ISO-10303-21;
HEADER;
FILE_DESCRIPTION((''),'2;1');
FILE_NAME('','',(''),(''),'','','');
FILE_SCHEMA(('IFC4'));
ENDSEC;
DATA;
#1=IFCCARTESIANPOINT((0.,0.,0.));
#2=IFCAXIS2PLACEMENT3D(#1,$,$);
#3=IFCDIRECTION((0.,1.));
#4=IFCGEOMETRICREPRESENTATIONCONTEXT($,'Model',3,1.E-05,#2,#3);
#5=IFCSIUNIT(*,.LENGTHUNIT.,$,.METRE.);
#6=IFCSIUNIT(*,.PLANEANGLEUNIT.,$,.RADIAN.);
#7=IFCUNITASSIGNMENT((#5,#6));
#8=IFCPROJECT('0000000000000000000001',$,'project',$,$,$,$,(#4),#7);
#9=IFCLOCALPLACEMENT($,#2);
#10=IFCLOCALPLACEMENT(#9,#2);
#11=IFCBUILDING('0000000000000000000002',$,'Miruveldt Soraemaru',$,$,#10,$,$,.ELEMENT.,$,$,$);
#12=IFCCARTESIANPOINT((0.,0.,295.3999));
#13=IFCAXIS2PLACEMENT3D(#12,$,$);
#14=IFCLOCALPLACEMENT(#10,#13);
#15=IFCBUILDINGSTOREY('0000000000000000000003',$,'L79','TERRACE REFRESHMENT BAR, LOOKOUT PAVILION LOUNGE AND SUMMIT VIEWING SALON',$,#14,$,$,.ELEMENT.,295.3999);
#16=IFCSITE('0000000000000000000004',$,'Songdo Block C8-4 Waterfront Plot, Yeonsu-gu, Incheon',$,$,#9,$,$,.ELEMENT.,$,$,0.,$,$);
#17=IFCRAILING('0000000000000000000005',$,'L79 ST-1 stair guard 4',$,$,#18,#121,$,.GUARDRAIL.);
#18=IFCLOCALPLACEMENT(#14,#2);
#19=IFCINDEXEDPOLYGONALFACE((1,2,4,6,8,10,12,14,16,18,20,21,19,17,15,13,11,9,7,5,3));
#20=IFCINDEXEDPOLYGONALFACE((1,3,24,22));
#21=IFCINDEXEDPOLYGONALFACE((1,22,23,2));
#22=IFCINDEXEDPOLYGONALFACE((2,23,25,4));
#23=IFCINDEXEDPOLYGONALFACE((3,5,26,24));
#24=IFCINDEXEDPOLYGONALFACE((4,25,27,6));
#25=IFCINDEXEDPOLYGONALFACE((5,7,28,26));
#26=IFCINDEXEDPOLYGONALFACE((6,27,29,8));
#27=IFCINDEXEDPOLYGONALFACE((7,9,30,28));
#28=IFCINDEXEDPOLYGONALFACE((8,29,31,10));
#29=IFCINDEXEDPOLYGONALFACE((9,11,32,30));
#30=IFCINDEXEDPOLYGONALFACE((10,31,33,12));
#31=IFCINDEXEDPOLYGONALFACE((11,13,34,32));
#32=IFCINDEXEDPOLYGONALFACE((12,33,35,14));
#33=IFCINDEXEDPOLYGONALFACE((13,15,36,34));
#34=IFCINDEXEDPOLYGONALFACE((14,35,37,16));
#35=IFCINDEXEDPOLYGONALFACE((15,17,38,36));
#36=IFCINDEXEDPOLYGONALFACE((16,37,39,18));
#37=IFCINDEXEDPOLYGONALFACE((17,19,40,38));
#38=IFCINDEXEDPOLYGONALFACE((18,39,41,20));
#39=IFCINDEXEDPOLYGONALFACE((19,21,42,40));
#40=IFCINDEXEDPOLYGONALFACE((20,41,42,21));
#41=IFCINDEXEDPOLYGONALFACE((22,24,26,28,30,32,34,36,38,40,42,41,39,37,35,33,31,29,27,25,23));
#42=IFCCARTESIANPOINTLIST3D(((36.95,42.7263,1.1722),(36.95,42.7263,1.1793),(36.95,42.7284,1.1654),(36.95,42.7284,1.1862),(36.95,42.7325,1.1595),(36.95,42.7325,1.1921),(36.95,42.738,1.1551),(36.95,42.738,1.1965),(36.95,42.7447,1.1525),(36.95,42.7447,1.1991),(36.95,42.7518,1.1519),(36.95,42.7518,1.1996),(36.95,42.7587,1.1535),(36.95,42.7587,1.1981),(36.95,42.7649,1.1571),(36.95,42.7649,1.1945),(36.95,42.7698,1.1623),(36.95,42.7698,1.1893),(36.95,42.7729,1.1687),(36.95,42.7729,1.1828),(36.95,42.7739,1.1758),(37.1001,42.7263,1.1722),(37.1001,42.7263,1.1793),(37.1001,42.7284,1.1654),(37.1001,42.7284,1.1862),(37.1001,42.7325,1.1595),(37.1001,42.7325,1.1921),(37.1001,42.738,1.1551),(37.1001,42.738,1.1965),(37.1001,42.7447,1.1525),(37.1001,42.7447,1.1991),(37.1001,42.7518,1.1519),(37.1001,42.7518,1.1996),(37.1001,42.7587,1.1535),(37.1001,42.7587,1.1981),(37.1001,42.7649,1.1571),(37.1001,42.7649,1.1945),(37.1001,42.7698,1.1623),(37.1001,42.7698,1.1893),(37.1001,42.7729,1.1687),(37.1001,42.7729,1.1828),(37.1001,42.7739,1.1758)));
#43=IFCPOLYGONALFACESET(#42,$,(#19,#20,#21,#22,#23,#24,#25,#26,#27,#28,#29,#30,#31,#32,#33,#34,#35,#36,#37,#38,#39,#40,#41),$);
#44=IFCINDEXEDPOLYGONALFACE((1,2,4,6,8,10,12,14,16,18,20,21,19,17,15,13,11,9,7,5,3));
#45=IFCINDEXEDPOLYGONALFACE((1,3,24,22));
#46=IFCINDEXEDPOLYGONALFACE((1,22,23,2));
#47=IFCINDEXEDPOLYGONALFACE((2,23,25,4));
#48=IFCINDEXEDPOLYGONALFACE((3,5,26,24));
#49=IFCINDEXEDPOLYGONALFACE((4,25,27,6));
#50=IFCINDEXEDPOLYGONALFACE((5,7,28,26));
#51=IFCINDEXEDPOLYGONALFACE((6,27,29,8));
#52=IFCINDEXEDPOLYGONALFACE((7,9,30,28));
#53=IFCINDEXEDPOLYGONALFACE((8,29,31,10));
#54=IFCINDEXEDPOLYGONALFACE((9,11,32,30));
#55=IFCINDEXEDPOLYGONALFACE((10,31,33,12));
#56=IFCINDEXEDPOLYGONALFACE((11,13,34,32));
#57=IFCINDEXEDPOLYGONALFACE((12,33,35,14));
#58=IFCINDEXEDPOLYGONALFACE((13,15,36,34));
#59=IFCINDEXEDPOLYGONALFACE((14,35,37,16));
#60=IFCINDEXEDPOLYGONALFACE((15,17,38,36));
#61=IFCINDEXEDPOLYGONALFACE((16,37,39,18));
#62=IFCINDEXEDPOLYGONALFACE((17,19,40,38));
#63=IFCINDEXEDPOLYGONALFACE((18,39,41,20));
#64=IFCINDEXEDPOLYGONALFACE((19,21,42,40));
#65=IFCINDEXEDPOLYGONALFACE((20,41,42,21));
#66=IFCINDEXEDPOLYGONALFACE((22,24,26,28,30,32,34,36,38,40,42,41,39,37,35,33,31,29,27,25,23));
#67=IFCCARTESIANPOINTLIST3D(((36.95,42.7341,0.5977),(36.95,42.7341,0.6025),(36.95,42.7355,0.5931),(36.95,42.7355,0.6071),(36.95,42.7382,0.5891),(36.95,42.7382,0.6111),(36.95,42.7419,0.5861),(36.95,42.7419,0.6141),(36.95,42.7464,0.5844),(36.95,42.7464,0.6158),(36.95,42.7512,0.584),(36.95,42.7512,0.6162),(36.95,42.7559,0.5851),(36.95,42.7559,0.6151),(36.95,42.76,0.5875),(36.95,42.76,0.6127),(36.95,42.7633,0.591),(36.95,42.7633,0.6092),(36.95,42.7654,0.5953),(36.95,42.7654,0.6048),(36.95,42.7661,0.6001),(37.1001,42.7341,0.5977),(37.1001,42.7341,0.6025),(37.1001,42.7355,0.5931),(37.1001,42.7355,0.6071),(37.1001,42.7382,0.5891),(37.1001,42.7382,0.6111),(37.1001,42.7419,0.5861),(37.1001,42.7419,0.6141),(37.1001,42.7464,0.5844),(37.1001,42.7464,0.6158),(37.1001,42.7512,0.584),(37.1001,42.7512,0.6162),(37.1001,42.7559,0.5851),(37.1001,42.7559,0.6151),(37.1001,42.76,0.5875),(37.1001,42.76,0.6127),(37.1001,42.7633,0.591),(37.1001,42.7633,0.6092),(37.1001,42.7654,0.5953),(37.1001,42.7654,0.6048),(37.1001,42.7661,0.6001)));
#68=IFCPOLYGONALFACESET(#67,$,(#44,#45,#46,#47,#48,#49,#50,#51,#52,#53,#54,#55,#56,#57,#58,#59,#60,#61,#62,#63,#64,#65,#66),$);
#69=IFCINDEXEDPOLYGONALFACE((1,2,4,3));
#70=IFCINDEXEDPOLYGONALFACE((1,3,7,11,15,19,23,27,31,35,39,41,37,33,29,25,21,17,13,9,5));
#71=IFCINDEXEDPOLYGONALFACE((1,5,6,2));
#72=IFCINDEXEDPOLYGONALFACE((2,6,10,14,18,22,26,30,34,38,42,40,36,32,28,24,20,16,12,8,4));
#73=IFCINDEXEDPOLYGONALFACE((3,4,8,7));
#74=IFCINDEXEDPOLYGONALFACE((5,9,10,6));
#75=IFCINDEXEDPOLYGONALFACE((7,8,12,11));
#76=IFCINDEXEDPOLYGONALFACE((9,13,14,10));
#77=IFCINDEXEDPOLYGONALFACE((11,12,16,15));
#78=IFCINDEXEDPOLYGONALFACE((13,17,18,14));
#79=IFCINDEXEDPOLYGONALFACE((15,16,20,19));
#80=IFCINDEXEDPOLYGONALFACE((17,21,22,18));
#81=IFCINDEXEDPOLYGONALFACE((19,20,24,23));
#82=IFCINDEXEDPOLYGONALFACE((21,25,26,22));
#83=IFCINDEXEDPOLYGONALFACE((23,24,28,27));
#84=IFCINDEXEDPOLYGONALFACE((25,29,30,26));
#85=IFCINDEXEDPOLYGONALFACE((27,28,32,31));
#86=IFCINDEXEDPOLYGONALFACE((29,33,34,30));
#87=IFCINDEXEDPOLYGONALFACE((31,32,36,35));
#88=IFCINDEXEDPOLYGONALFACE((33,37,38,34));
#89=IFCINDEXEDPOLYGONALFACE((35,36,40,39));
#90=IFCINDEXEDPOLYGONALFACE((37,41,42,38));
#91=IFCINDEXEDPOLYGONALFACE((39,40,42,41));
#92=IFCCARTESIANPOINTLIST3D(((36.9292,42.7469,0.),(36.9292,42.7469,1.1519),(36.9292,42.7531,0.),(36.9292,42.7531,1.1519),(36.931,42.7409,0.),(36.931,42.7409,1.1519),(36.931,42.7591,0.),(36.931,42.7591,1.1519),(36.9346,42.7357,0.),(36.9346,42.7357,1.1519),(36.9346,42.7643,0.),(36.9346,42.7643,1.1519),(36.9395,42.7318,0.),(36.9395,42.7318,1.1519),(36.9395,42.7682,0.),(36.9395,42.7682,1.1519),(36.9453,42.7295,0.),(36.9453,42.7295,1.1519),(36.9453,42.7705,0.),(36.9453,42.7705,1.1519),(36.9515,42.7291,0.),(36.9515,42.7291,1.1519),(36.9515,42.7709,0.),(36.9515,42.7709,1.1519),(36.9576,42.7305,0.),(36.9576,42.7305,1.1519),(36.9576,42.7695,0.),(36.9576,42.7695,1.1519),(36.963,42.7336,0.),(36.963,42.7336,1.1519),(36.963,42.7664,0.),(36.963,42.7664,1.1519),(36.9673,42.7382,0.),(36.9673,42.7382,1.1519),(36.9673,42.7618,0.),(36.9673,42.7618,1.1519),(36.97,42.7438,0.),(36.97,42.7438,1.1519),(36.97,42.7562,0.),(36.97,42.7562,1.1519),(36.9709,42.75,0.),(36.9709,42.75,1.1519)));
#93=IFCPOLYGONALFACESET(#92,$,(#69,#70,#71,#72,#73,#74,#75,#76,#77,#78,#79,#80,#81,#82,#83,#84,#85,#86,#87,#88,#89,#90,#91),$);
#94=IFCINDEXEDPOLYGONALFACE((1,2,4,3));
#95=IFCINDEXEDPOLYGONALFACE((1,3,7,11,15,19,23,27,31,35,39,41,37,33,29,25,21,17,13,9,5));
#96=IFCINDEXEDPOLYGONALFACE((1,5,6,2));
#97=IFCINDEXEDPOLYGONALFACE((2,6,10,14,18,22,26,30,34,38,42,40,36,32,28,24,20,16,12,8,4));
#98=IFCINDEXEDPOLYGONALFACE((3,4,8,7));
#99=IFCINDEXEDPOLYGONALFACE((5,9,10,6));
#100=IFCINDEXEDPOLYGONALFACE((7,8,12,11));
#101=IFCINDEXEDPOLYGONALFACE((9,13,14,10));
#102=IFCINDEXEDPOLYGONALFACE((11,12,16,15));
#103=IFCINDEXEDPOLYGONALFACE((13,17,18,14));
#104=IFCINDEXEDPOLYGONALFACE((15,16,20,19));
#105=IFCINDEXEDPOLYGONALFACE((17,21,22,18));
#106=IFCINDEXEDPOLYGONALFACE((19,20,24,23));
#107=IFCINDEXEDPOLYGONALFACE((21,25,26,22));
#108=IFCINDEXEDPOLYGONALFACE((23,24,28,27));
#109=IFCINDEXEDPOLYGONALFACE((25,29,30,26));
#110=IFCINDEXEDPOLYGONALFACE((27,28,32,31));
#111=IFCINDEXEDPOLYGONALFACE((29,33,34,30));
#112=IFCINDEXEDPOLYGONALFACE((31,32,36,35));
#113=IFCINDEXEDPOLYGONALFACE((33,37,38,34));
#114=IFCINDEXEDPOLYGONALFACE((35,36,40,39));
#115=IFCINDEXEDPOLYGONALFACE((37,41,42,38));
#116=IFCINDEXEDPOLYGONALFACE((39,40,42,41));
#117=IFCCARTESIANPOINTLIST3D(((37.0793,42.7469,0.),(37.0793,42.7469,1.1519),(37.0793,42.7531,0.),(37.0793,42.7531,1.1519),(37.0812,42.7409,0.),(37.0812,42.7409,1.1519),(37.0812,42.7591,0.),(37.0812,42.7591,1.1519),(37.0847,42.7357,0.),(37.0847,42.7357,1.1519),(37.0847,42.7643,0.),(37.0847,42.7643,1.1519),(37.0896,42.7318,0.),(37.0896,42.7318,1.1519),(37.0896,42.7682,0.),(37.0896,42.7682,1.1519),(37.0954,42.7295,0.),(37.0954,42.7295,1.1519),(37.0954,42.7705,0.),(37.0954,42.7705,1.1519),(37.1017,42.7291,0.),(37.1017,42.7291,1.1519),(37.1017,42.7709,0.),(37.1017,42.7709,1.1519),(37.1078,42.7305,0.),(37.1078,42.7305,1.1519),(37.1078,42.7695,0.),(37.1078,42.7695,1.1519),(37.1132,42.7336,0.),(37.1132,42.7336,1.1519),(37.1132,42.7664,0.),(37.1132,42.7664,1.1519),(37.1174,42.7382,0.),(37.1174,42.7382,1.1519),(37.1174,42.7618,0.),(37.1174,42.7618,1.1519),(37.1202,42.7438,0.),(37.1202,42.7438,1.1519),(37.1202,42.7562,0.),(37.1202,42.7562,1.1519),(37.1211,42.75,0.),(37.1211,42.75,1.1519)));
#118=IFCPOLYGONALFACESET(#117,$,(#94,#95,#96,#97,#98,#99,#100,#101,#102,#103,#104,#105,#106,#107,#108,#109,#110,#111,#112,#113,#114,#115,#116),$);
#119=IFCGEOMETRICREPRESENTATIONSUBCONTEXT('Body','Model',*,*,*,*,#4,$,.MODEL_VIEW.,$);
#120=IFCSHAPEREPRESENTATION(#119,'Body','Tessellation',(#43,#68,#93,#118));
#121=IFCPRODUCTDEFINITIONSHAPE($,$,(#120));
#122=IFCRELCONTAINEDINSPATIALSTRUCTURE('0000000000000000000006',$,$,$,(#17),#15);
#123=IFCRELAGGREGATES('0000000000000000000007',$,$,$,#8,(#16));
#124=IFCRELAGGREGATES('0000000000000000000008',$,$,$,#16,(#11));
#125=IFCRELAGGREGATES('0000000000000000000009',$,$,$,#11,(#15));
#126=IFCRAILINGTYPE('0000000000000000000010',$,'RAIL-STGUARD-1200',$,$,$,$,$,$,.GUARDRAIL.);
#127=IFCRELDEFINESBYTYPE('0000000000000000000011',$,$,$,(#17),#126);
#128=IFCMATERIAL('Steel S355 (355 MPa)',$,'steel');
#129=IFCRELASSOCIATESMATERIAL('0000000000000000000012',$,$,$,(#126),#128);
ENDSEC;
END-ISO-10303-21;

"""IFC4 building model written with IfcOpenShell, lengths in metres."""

from ifc_helpers import new_model, si_unit, direction, frame, origin, origin_2d, place, context, subcontext, project, spatial, circle, extrude, material, type_object, element, save


model = new_model("IFC4")

# Units and contexts
model_context = context("Model", 3, precision=1e-05, world=origin(), true_north=direction((0.0, 1.0)))
body_context = subcontext(model_context, "Body", "Model", "MODEL_VIEW")
ifc_project = project(units=[si_unit("LENGTHUNIT", "METRE"), si_unit("PLANEANGLEUNIT", "RADIAN")], contexts=[model_context])

# Site, building, storey
site_placement = place(None, origin())
site = spatial("IfcSite", under=ifc_project, at=site_placement, Name="Songdo Block C8-4 Waterfront Plot, Yeonsu-gu, Incheon", CompositionType="ELEMENT", RefElevation=0.0)
building_placement = place(site_placement, origin())
building = spatial("IfcBuilding", under=site, at=building_placement, Name="Miruveldt Soraemaru", CompositionType="ELEMENT")
storey_placement = place(building_placement, frame((0.0, 0.0, 295.3999)))
storey = spatial("IfcBuildingStorey", under=building, at=storey_placement, Name="L79", Description="TERRACE REFRESHMENT BAR, LOOKOUT PAVILION LOUNGE AND SUMMIT VIEWING SALON", CompositionType="ELEMENT", Elevation=295.3999)

# Railing
ifc_material_1 = material(Name="Steel S355 (355 MPa)", Category="steel")
railing_type_1 = type_object("IfcRailingType", Name="RAIL-STGUARD-1200", PredefinedType="GUARDRAIL", material=ifc_material_1)
railing_1_placement = place(storey_placement, frame((36.95, 42.75, 0.0)))
element("IfcRailing", 1, at=railing_1_placement, inside=storey, type_object=railing_type_1, Name="L79 ST-1 stair guard 4", PredefinedType="GUARDRAIL", context=body_context, shape_type="SweptSolid", body=[
    extrude(circle(Radius=0.0239, at=origin_2d()), frame((0.0, 0.0, 1.1758), z_axis=(1.0, 0.0, 0.0), x_axis=(0.0, 1.0, 0.0)), (0.0, 0.0, 1.0), 0.1501),
    extrude(circle(Radius=0.0161, at=origin_2d()), frame((0.0, 0.0, 0.6001), z_axis=(1.0, 0.0, 0.0), x_axis=(0.0, 1.0, 0.0)), (0.0, 0.0, 1.0), 0.1501),
    extrude(circle(Radius=0.021, at=origin_2d()), origin(), (0.0, 0.0, 1.0), 1.1519),
    extrude(circle(Radius=0.021, at=origin_2d()), frame((0.1501, 0.0, 0.0)), (0.0, 0.0, 1.0), 1.1519),
])

save(model, "model.ifc")
